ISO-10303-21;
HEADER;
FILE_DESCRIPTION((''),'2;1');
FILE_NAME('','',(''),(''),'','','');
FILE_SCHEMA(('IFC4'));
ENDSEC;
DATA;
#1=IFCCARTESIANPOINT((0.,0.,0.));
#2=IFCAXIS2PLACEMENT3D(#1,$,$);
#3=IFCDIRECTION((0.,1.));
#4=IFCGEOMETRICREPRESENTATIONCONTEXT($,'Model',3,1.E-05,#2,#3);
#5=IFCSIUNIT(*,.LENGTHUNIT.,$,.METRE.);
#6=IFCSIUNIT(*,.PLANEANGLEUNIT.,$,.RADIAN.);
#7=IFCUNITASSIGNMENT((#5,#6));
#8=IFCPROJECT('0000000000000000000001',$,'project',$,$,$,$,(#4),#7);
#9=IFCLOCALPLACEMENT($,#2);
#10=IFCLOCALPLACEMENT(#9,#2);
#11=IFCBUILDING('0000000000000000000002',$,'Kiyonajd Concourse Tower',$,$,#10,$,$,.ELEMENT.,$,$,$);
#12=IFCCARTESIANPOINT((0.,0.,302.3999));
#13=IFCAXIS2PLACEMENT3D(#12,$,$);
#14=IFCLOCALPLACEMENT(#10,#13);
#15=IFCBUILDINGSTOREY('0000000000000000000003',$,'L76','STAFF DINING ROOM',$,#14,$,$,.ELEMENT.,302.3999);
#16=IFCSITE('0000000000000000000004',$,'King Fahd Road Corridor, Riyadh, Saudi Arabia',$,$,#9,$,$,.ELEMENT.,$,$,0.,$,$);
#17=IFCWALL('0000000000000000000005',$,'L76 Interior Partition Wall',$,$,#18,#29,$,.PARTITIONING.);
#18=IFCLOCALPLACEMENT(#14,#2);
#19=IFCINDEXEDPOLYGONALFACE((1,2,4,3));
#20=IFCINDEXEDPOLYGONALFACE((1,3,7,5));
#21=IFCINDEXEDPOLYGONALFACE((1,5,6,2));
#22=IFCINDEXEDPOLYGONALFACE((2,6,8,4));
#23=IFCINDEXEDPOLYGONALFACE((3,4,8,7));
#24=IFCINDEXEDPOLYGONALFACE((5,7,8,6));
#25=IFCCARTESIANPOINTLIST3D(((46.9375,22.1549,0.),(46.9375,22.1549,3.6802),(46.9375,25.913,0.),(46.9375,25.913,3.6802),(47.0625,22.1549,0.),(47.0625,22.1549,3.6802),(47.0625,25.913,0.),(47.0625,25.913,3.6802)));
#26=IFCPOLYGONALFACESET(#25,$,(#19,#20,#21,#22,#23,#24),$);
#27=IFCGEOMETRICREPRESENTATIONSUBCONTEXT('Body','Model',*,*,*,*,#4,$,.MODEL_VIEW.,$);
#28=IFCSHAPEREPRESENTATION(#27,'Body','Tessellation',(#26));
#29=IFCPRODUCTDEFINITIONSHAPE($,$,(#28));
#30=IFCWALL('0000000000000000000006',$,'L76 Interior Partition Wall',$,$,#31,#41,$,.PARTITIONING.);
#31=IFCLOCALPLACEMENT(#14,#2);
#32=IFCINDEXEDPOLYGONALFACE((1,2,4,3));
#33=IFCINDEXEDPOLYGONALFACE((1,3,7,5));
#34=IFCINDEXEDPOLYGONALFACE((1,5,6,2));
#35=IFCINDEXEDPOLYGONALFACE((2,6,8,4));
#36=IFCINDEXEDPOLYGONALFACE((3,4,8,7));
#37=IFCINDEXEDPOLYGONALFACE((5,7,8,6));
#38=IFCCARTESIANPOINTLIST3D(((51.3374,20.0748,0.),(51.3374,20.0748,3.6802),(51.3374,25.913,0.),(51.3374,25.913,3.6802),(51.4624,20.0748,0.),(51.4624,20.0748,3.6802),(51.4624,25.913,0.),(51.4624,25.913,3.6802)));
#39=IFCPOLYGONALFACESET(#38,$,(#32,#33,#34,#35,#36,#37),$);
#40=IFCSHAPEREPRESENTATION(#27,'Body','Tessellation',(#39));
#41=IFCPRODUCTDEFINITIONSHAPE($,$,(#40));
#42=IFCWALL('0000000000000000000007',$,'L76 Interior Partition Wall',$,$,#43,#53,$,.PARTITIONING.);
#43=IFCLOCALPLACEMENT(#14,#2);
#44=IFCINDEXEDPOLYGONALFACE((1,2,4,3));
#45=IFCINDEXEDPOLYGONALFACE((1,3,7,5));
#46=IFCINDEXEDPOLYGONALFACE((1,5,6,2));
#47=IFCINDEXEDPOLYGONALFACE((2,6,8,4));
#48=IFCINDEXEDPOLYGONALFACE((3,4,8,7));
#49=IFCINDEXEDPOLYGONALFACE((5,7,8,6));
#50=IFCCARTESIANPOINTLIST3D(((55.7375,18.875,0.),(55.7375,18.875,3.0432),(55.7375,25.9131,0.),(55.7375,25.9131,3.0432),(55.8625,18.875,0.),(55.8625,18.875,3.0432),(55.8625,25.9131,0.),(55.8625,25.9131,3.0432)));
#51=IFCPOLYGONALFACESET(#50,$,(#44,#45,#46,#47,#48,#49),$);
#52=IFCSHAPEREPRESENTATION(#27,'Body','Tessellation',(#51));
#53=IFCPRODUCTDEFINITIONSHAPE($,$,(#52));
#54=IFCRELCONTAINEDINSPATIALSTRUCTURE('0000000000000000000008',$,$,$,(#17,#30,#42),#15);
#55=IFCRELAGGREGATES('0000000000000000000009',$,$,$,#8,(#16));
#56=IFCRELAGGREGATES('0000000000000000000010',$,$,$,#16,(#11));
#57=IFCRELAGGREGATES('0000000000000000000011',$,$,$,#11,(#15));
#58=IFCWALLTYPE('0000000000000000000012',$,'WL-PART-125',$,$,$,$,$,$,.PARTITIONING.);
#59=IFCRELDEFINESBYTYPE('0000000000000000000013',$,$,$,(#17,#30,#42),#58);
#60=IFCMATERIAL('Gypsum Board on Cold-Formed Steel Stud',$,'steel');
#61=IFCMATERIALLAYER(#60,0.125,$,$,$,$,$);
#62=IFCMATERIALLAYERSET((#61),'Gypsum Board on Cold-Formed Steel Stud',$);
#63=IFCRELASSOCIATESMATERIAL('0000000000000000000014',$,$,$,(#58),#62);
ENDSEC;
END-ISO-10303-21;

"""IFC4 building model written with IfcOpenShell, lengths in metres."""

from ifc_helpers import new_model, si_unit, direction, frame, frame_2d, origin, place, context, subcontext, project, spatial, rectangle, extrude, material, layer, layer_set, type_object, element, save


model = new_model("IFC4")

# Units and contexts
model_context = context("Model", 3, precision=1e-05, world=origin(), true_north=direction((0.0, 1.0)))
body_context = subcontext(model_context, "Body", "Model", "MODEL_VIEW")
ifc_project = project(units=[si_unit("LENGTHUNIT", "METRE"), si_unit("PLANEANGLEUNIT", "RADIAN")], contexts=[model_context])

# Site, building, storey
site_placement = place(None, origin())
site = spatial("IfcSite", under=ifc_project, at=site_placement, Name="King Fahd Road Corridor, Riyadh, Saudi Arabia", CompositionType="ELEMENT", RefElevation=0.0)
building_placement = place(site_placement, origin())
building = spatial("IfcBuilding", under=site, at=building_placement, Name="Kiyonajd Concourse Tower", CompositionType="ELEMENT")
storey_placement = place(building_placement, frame((0.0, 0.0, 302.3999)))
storey = spatial("IfcBuildingStorey", under=building, at=storey_placement, Name="L76", Description="STAFF DINING ROOM", CompositionType="ELEMENT", Elevation=302.3999)

# Walls
ifc_material_1 = material(Name="Gypsum Board on Cold-Formed Steel Stud", Category="steel")
ifc_layer_1 = layer(ifc_material_1, 0.125)
ifc_layer_set_1 = layer_set([ifc_layer_1], Name="Gypsum Board on Cold-Formed Steel Stud")
wall_type_1 = type_object("IfcWallType", Name="WL-PART-125", PredefinedType="PARTITIONING", material=ifc_layer_set_1)
wall_1_placement = place(storey_placement, frame((47.0, 22.155, 0.0), z_axis=(0.0, 0.0, 1.0), x_axis=(0.0, 1.0, 0.0)))
element("IfcWall", 1, at=wall_1_placement, inside=storey, type_object=wall_type_1, Name="L76 Interior Partition Wall", PredefinedType="PARTITIONING", context=body_context, shape_type="SweptSolid", body=[
    extrude(rectangle(XDim=3.7581, YDim=0.125, at=frame_2d((1.8789, 0.0))), origin(), (0.0, 0.0, 1.0), 3.6802),
])
wall_2_placement = place(storey_placement, frame((51.3999, 20.075, 0.0), z_axis=(0.0, 0.0, 1.0), x_axis=(0.0, 1.0, 0.0)))
element("IfcWall", 2, at=wall_2_placement, inside=storey, type_object=wall_type_1, Name="L76 Interior Partition Wall", PredefinedType="PARTITIONING", context=body_context, shape_type="SweptSolid", body=[
    extrude(rectangle(XDim=5.8381, YDim=0.125, at=frame_2d((2.9189, 0.0))), origin(), (0.0, 0.0, 1.0), 3.6802),
])
wall_3_placement = place(storey_placement, frame((55.8, 18.875, 0.0), z_axis=(0.0, 0.0, 1.0), x_axis=(0.0, 1.0, 0.0)))
element("IfcWall", 3, at=wall_3_placement, inside=storey, type_object=wall_type_1, Name="L76 Interior Partition Wall", PredefinedType="PARTITIONING", context=body_context, shape_type="SweptSolid", body=[
    extrude(rectangle(XDim=7.0381, YDim=0.125, at=frame_2d((3.519, 0.0))), origin(), (0.0, 0.0, 1.0), 3.0432),
])

save(model, "model.ifc")
